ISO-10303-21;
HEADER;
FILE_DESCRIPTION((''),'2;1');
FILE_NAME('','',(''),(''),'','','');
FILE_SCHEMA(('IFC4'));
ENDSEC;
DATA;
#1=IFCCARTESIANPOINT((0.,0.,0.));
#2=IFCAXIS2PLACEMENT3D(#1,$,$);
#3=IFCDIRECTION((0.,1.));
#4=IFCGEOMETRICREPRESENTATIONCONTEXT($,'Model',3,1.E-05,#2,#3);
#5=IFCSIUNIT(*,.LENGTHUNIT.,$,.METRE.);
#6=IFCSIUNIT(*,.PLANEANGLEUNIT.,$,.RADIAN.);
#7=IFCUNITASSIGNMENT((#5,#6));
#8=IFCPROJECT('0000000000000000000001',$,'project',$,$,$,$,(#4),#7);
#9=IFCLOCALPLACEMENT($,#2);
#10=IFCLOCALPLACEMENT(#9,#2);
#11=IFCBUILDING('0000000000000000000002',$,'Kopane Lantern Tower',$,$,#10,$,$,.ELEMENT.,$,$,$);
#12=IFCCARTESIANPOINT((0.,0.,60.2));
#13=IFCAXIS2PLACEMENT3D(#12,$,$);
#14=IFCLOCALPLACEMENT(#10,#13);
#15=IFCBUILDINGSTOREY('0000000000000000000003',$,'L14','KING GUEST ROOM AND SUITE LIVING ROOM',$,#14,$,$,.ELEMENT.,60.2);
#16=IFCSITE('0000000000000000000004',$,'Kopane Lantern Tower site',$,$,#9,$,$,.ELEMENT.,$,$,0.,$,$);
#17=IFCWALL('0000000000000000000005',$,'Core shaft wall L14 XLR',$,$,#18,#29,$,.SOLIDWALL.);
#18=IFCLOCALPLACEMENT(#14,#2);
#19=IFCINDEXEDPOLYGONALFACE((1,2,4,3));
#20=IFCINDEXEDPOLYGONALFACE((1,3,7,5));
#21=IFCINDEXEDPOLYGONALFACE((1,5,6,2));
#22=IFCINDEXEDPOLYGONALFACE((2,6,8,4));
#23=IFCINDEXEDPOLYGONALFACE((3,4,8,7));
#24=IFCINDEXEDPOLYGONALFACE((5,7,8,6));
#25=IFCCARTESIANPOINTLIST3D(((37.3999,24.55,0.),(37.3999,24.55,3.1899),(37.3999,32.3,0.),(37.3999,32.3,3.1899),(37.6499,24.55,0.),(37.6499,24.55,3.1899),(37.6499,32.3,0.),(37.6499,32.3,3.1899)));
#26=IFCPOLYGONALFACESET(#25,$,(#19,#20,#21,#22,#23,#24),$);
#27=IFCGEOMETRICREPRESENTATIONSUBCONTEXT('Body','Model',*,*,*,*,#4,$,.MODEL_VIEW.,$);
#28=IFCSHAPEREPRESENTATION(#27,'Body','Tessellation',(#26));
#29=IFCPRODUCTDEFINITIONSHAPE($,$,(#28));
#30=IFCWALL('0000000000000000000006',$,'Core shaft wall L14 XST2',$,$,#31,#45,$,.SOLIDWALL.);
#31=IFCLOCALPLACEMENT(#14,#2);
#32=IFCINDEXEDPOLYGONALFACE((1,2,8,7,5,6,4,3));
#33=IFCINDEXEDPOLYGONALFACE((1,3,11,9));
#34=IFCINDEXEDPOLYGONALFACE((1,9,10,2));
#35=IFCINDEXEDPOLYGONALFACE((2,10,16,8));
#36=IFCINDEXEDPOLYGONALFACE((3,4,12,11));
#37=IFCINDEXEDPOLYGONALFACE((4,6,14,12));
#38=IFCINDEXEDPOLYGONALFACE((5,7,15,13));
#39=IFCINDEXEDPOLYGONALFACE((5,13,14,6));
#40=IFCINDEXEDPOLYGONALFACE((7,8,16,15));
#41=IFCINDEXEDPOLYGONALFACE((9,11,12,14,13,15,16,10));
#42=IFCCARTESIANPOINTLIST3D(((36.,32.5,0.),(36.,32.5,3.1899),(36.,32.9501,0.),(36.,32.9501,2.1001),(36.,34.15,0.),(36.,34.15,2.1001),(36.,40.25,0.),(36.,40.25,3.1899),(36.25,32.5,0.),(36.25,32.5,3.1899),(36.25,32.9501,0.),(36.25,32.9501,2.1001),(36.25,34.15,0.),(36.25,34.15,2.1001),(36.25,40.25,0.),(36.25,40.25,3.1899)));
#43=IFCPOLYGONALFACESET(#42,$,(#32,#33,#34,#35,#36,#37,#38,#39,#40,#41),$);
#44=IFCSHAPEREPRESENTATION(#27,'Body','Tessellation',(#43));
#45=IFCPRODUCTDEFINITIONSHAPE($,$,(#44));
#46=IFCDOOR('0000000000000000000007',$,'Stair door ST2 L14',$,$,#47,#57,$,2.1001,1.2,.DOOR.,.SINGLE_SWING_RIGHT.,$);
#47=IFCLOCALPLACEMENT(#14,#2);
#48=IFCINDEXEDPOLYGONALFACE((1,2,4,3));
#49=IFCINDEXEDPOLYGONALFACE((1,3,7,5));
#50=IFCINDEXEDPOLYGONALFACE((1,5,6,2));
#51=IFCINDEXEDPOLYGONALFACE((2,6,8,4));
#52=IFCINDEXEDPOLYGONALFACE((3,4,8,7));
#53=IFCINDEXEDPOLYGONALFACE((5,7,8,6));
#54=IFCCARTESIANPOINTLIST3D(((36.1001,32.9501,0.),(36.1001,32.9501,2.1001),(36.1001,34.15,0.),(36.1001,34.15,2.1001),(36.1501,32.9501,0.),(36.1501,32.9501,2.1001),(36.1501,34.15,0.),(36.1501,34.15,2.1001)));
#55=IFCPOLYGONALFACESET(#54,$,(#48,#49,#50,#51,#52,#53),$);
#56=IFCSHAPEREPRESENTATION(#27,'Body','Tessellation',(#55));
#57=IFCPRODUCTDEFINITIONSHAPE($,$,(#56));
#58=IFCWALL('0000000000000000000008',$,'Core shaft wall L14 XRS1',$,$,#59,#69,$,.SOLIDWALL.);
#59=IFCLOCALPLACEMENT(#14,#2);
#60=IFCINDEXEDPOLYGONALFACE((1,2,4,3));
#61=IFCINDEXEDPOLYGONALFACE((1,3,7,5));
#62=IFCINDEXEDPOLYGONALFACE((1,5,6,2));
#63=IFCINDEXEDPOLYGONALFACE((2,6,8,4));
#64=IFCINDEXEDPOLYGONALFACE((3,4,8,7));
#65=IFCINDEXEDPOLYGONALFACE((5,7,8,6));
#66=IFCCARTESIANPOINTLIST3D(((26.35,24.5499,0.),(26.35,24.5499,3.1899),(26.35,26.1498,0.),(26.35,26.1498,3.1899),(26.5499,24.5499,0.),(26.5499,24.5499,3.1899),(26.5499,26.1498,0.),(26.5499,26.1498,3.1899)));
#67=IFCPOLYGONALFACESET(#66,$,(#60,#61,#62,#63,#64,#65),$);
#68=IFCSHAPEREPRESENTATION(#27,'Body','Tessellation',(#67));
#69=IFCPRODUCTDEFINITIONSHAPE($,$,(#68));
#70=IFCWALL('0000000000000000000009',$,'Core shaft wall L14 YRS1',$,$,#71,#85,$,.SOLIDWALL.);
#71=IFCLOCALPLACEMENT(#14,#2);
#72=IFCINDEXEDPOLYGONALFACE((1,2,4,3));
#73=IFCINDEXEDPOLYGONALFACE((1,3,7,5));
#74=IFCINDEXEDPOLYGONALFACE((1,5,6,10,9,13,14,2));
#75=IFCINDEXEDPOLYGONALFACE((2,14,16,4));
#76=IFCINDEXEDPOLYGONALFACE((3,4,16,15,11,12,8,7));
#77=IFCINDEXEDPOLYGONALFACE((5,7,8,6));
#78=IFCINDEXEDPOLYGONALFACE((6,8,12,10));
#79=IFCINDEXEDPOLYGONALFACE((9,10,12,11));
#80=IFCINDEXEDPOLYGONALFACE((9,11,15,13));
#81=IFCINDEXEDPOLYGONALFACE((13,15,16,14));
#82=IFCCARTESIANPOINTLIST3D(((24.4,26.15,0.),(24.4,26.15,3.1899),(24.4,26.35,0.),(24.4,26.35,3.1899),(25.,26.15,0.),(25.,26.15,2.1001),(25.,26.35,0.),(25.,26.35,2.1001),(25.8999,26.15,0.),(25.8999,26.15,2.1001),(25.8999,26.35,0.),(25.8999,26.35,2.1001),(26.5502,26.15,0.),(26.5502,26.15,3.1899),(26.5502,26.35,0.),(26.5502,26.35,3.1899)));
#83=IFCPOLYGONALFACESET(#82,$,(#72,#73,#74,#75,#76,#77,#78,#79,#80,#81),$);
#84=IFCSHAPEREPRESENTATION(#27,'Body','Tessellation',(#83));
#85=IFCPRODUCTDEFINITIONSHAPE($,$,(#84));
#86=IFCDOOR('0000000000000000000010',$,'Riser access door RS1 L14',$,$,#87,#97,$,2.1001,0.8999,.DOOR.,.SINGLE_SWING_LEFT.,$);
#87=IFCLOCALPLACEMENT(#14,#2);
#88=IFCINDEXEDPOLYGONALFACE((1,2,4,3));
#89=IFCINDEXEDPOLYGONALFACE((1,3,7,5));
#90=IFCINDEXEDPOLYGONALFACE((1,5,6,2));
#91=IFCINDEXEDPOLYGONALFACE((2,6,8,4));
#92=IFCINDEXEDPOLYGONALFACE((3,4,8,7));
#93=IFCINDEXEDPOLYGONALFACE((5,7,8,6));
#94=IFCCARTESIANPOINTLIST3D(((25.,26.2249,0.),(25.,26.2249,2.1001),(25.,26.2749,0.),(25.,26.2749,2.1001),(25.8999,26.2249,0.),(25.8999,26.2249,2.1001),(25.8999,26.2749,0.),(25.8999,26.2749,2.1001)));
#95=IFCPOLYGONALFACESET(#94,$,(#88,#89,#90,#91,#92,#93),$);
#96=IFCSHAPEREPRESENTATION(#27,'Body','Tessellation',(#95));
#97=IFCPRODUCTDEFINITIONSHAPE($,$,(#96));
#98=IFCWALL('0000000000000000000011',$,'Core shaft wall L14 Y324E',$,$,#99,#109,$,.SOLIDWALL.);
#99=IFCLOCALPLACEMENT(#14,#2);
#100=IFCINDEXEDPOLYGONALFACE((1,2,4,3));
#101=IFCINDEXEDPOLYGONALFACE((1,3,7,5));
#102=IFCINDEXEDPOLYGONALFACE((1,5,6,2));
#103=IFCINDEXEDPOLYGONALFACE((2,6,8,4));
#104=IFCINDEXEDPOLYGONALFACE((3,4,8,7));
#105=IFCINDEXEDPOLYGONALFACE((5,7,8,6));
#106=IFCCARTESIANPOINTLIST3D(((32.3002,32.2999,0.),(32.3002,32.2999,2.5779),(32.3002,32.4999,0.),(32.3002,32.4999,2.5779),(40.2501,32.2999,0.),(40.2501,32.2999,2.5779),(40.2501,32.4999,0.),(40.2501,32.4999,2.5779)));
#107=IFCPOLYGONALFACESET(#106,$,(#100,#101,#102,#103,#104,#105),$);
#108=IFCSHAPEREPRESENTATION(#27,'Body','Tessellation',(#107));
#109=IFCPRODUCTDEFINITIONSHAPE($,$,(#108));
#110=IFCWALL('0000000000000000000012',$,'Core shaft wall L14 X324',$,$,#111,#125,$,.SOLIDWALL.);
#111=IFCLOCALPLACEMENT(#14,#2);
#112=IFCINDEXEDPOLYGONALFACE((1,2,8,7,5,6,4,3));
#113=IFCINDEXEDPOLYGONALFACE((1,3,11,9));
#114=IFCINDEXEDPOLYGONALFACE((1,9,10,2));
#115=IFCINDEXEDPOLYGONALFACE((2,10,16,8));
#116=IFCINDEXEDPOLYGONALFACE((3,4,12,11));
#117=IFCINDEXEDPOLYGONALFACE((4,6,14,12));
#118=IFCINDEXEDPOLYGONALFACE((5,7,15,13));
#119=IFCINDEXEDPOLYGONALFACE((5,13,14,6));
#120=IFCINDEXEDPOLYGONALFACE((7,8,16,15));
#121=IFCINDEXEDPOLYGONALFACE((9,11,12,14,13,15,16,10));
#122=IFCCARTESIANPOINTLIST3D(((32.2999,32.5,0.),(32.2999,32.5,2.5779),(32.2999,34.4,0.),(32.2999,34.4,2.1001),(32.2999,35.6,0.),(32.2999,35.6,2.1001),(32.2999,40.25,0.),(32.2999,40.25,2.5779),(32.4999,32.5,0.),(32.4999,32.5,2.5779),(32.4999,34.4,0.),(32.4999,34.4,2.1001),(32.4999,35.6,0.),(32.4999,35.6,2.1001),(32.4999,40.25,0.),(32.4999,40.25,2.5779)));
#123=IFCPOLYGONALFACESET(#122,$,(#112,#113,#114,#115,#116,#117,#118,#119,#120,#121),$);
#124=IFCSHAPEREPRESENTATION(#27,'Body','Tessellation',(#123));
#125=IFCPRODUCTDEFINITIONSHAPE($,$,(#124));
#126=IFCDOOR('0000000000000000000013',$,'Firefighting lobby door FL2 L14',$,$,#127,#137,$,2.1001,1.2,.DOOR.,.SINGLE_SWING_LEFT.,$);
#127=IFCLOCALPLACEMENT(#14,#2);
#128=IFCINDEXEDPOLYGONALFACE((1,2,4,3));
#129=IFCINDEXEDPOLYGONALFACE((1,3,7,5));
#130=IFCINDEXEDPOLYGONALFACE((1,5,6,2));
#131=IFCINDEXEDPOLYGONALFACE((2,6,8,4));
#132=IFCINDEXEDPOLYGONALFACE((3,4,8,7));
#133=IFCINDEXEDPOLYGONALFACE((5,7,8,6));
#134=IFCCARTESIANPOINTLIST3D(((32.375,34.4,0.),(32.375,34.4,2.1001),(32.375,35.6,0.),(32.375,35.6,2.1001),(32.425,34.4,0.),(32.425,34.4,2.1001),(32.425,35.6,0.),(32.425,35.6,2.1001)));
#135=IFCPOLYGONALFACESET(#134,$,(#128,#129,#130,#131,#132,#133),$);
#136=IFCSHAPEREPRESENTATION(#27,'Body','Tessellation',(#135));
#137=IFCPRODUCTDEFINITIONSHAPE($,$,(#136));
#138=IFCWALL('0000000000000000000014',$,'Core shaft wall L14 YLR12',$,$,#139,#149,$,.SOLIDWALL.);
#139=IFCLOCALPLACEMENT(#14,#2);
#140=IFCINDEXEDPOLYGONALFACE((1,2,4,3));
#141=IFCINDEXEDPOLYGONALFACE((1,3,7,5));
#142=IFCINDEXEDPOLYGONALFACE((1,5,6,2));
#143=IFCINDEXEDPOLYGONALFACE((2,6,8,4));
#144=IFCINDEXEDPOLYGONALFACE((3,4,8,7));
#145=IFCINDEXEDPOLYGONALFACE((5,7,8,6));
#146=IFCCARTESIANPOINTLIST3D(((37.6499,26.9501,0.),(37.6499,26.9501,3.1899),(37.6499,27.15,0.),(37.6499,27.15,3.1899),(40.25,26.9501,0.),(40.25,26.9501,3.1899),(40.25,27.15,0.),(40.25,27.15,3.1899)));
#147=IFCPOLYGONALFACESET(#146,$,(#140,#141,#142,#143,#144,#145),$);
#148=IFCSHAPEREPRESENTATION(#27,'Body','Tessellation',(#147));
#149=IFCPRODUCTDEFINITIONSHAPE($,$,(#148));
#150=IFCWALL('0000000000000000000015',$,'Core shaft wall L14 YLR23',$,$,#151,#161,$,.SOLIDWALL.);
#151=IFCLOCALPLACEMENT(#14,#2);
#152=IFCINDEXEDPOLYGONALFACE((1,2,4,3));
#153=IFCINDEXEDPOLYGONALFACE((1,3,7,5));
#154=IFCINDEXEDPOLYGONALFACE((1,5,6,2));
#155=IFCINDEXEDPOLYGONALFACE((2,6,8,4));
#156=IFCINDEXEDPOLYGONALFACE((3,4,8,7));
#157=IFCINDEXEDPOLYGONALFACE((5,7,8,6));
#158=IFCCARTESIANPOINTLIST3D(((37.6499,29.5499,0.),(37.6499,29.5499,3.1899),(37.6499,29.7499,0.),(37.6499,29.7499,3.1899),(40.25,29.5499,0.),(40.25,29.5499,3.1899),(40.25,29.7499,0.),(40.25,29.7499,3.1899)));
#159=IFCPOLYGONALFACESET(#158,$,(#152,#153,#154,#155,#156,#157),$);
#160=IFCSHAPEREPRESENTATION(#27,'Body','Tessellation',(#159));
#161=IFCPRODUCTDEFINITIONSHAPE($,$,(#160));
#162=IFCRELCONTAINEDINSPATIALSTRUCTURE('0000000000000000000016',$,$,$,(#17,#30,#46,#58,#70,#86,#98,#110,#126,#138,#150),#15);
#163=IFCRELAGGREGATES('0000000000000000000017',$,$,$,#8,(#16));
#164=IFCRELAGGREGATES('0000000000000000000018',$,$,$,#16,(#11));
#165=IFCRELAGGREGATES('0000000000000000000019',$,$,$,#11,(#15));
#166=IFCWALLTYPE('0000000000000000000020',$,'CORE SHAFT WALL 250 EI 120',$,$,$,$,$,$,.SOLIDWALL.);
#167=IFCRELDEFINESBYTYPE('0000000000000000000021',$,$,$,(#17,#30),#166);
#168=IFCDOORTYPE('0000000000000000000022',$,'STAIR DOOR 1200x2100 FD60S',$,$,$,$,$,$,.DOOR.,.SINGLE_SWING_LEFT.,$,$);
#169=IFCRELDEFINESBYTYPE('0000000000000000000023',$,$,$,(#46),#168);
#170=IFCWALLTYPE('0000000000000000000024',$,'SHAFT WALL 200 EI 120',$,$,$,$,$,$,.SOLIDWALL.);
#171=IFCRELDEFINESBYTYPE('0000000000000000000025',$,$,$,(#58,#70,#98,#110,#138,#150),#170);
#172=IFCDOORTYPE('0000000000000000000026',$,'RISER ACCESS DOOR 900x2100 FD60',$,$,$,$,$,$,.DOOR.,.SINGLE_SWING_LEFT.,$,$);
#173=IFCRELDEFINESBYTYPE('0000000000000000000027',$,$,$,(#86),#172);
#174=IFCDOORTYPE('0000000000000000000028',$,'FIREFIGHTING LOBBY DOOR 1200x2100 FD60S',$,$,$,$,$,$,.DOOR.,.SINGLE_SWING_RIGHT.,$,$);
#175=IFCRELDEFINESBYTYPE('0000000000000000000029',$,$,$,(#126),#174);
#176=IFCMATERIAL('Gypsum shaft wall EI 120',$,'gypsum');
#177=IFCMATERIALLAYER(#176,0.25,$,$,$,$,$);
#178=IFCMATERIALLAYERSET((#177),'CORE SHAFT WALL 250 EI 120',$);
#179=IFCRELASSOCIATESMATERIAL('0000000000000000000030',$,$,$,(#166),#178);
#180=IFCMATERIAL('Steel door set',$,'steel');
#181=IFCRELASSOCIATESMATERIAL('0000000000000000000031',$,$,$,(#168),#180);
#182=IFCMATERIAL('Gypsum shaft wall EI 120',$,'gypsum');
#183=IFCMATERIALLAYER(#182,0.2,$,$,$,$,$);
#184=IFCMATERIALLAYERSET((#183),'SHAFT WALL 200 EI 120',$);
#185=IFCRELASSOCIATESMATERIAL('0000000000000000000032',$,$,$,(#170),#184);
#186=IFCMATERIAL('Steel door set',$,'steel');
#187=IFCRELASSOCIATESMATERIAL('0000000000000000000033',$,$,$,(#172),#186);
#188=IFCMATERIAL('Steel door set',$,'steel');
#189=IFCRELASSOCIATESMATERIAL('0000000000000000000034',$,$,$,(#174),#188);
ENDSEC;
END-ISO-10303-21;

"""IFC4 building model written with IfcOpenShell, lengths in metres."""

from ifc_helpers import new_model, si_unit, direction, frame, frame_2d, origin, place, context, subcontext, project, spatial, rectangle, extrude, material, layer, layer_set, type_object, element, fill, save


model = new_model("IFC4")

# Units and contexts
model_context = context("Model", 3, precision=1e-05, world=origin(), true_north=direction((0.0, 1.0)))
body_context = subcontext(model_context, "Body", "Model", "MODEL_VIEW")
ifc_project = project(units=[si_unit("LENGTHUNIT", "METRE"), si_unit("PLANEANGLEUNIT", "RADIAN")], contexts=[model_context])

# Site, building, storey
site_placement = place(None, origin())
site = spatial("IfcSite", under=ifc_project, at=site_placement, Name="Kopane Lantern Tower site", CompositionType="ELEMENT", RefElevation=0.0)
building_placement = place(site_placement, origin())
building = spatial("IfcBuilding", under=site, at=building_placement, Name="Kopane Lantern Tower", CompositionType="ELEMENT")
storey_placement = place(building_placement, frame((0.0, 0.0, 60.2)))
storey = spatial("IfcBuildingStorey", under=building, at=storey_placement, Name="L14", Description="KING GUEST ROOM AND SUITE LIVING ROOM", CompositionType="ELEMENT", Elevation=60.2)

# Wall
ifc_material_1 = material(Name="Gypsum shaft wall EI 120", Category="gypsum")
ifc_layer_1 = layer(ifc_material_1, 0.25)
ifc_layer_set_1 = layer_set([ifc_layer_1], Name="CORE SHAFT WALL 250 EI 120")
wall_type_1 = type_object("IfcWallType", Name="CORE SHAFT WALL 250 EI 120", PredefinedType="SOLIDWALL", material=ifc_layer_set_1)
wall_1_placement = place(storey_placement, frame((37.5249, 24.55, 0.0), z_axis=(0.0, 0.0, 1.0), x_axis=(0.0, 1.0, 0.0)))
element("IfcWall", 1, at=wall_1_placement, inside=storey, type_object=wall_type_1, Name="Core shaft wall L14 XLR", PredefinedType="SOLIDWALL", context=body_context, shape_type="SweptSolid", body=[
    extrude(rectangle(XDim=7.75, YDim=0.25, at=frame_2d((3.875, 0.0))), origin(), (0.0, 0.0, 1.0), 3.1899),
])

# Wall, opening, door
wall_2_placement = place(storey_placement, frame((36.125, 32.5, 0.0), z_axis=(0.0, 0.0, 1.0), x_axis=(0.0, 1.0, 0.0)))
wall_2 = element("IfcWall", 2, at=wall_2_placement, inside=storey, type_object=wall_type_1, Name="Core shaft wall L14 XST2", PredefinedType="SOLIDWALL", context=body_context, shape_type="SweptSolid", body=[
    extrude(rectangle(XDim=7.75, YDim=0.25, at=frame_2d((3.875, 0.0))), origin(), (0.0, 0.0, 1.0), 3.1899),
])
opening_1_placement = place(wall_2_placement, frame((0.45, 0.0, 0.0)))
opening_1 = element("IfcOpeningElement", 3, at=opening_1_placement, cuts=wall_2, PredefinedType="OPENING", context=body_context, shape_type="SweptSolid", body=[
    extrude(rectangle(XDim=1.2, YDim=2.1001, at=frame_2d((0.6001, 1.05))), frame((0.0, 0.135, 0.0), z_axis=(0.0, -1.0, 0.0), x_axis=(1.0, 0.0, 0.0)), (0.0, 0.0, 1.0), 0.27),
])
ifc_material_2 = material(Name="Steel door set", Category="steel")
door_type_1 = type_object("IfcDoorType", Name="STAIR DOOR 1200x2100 FD60S", OperationType="SINGLE_SWING_LEFT", PredefinedType="DOOR", material=ifc_material_2)
door_1_placement = place(opening_1_placement, origin())
door_1 = element("IfcDoor", 4, at=door_1_placement, inside=storey, type_object=door_type_1, Name="Stair door ST2 L14", OperationType="SINGLE_SWING_RIGHT", OverallHeight=2.1001, OverallWidth=1.2, PredefinedType="DOOR", context=body_context, shape_type="SweptSolid", body=[
    extrude(rectangle(XDim=1.2, YDim=2.1001, at=frame_2d((0.6001, 1.05))), frame((0.0, 0.0249, 0.0), z_axis=(0.0, -1.0, 0.0), x_axis=(1.0, 0.0, 0.0)), (0.0, 0.0, 1.0), 0.05),
])
fill(opening_1, door_1)

# Wall
ifc_material_3 = material(Name="Gypsum shaft wall EI 120", Category="gypsum")
ifc_layer_2 = layer(ifc_material_3, 0.2)
ifc_layer_set_2 = layer_set([ifc_layer_2], Name="SHAFT WALL 200 EI 120")
wall_type_2 = type_object("IfcWallType", Name="SHAFT WALL 200 EI 120", PredefinedType="SOLIDWALL", material=ifc_layer_set_2)
wall_3_placement = place(storey_placement, frame((26.45, 24.55, 0.0), z_axis=(0.0, 0.0, 1.0), x_axis=(0.0, 1.0, 0.0)))
element("IfcWall", 5, at=wall_3_placement, inside=storey, type_object=wall_type_2, Name="Core shaft wall L14 XRS1", PredefinedType="SOLIDWALL", context=body_context, shape_type="SweptSolid", body=[
    extrude(rectangle(XDim=1.5999, YDim=0.2, at=frame_2d((0.7998, 0.0))), origin(), (0.0, 0.0, 1.0), 3.1899),
])

# Wall, opening, door
wall_4_placement = place(storey_placement, frame((24.3999, 26.25, 0.0), z_axis=(0.0, 0.0, 1.0), x_axis=(1.0, 0.0, 0.0)))
wall_4 = element("IfcWall", 6, at=wall_4_placement, inside=storey, type_object=wall_type_2, Name="Core shaft wall L14 YRS1", PredefinedType="SOLIDWALL", context=body_context, shape_type="SweptSolid", body=[
    extrude(rectangle(XDim=2.1501, YDim=0.2, at=frame_2d((1.0752, 0.0))), origin(), (0.0, 0.0, 1.0), 3.1899),
])
opening_2_placement = place(wall_4_placement, frame((0.6001, 0.0, 0.0)))
opening_2 = element("IfcOpeningElement", 7, at=opening_2_placement, cuts=wall_4, PredefinedType="OPENING", context=body_context, shape_type="SweptSolid", body=[
    extrude(rectangle(XDim=0.8999, YDim=2.1001, at=frame_2d((0.45, 1.05))), frame((0.0, 0.1099, 0.0), z_axis=(0.0, -1.0, 0.0), x_axis=(1.0, 0.0, 0.0)), (0.0, 0.0, 1.0), 0.22),
])
ifc_material_4 = material(Name="Steel door set", Category="steel")
door_type_2 = type_object("IfcDoorType", Name="RISER ACCESS DOOR 900x2100 FD60", OperationType="SINGLE_SWING_LEFT", PredefinedType="DOOR", material=ifc_material_4)
door_2_placement = place(opening_2_placement, origin())
door_2 = element("IfcDoor", 8, at=door_2_placement, inside=storey, type_object=door_type_2, Name="Riser access door RS1 L14", OperationType="SINGLE_SWING_LEFT", OverallHeight=2.1001, OverallWidth=0.8999, PredefinedType="DOOR", context=body_context, shape_type="SweptSolid", body=[
    extrude(rectangle(XDim=0.8999, YDim=2.1001, at=frame_2d((0.45, 1.05))), frame((0.0, 0.0249, 0.0), z_axis=(0.0, -1.0, 0.0), x_axis=(1.0, 0.0, 0.0)), (0.0, 0.0, 1.0), 0.05),
])
fill(opening_2, door_2)

# Wall
wall_5_placement = place(storey_placement, frame((32.3, 32.3999, 0.0), z_axis=(0.0, 0.0, 1.0), x_axis=(1.0, 0.0, 0.0)))
element("IfcWall", 9, at=wall_5_placement, inside=storey, type_object=wall_type_2, Name="Core shaft wall L14 Y324E", PredefinedType="SOLIDWALL", context=body_context, shape_type="SweptSolid", body=[
    extrude(rectangle(XDim=7.95, YDim=0.2, at=frame_2d((3.9751, 0.0))), origin(), (0.0, 0.0, 1.0), 2.5779),
])

# Wall, opening, door
wall_6_placement = place(storey_placement, frame((32.3999, 32.5, 0.0), z_axis=(0.0, 0.0, 1.0), x_axis=(0.0, 1.0, 0.0)))
wall_6 = element("IfcWall", 10, at=wall_6_placement, inside=storey, type_object=wall_type_2, Name="Core shaft wall L14 X324", PredefinedType="SOLIDWALL", context=body_context, shape_type="SweptSolid", body=[
    extrude(rectangle(XDim=7.75, YDim=0.2, at=frame_2d((3.875, 0.0))), origin(), (0.0, 0.0, 1.0), 2.5779),
])
opening_3_placement = place(wall_6_placement, frame((1.8999, 0.0, 0.0)))
opening_3 = element("IfcOpeningElement", 11, at=opening_3_placement, cuts=wall_6, PredefinedType="OPENING", context=body_context, shape_type="SweptSolid", body=[
    extrude(rectangle(XDim=1.2, YDim=2.1001, at=frame_2d((0.6001, 1.05))), frame((0.0, 0.1099, 0.0), z_axis=(0.0, -1.0, 0.0), x_axis=(1.0, 0.0, 0.0)), (0.0, 0.0, 1.0), 0.22),
])
ifc_material_5 = material(Name="Steel door set", Category="steel")
door_type_3 = type_object("IfcDoorType", Name="FIREFIGHTING LOBBY DOOR 1200x2100 FD60S", OperationType="SINGLE_SWING_RIGHT", PredefinedType="DOOR", material=ifc_material_5)
door_3_placement = place(opening_3_placement, origin())
door_3 = element("IfcDoor", 12, at=door_3_placement, inside=storey, type_object=door_type_3, Name="Firefighting lobby door FL2 L14", OperationType="SINGLE_SWING_LEFT", OverallHeight=2.1001, OverallWidth=1.2, PredefinedType="DOOR", context=body_context, shape_type="SweptSolid", body=[
    extrude(rectangle(XDim=1.2, YDim=2.1001, at=frame_2d((0.6001, 1.05))), frame((0.0, 0.0249, 0.0), z_axis=(0.0, -1.0, 0.0), x_axis=(1.0, 0.0, 0.0)), (0.0, 0.0, 1.0), 0.05),
])
fill(opening_3, door_3)

# Walls
for number, where, z_axis, x_axis, name in (
    (13, (37.6499, 27.05, 0.0), (0.0, 0.0, 1.0), (1.0, 0.0, 0.0), "Core shaft wall L14 YLR12"),
    (14, (37.6499, 29.6499, 0.0), (0.0, 0.0, 1.0), (1.0, 0.0, 0.0), "Core shaft wall L14 YLR23"),
):
    element("IfcWall", number, at=place(storey_placement, frame(where, z_axis=z_axis, x_axis=x_axis)), inside=storey, type_object=wall_type_2, Name=name, PredefinedType="SOLIDWALL", context=body_context, shape_type="SweptSolid", body=[
        extrude(rectangle(XDim=2.6001, YDim=0.2, at=frame_2d((1.3, 0.0))), origin(), (0.0, 0.0, 1.0), 3.1899),
    ])

save(model, "model.ifc")
